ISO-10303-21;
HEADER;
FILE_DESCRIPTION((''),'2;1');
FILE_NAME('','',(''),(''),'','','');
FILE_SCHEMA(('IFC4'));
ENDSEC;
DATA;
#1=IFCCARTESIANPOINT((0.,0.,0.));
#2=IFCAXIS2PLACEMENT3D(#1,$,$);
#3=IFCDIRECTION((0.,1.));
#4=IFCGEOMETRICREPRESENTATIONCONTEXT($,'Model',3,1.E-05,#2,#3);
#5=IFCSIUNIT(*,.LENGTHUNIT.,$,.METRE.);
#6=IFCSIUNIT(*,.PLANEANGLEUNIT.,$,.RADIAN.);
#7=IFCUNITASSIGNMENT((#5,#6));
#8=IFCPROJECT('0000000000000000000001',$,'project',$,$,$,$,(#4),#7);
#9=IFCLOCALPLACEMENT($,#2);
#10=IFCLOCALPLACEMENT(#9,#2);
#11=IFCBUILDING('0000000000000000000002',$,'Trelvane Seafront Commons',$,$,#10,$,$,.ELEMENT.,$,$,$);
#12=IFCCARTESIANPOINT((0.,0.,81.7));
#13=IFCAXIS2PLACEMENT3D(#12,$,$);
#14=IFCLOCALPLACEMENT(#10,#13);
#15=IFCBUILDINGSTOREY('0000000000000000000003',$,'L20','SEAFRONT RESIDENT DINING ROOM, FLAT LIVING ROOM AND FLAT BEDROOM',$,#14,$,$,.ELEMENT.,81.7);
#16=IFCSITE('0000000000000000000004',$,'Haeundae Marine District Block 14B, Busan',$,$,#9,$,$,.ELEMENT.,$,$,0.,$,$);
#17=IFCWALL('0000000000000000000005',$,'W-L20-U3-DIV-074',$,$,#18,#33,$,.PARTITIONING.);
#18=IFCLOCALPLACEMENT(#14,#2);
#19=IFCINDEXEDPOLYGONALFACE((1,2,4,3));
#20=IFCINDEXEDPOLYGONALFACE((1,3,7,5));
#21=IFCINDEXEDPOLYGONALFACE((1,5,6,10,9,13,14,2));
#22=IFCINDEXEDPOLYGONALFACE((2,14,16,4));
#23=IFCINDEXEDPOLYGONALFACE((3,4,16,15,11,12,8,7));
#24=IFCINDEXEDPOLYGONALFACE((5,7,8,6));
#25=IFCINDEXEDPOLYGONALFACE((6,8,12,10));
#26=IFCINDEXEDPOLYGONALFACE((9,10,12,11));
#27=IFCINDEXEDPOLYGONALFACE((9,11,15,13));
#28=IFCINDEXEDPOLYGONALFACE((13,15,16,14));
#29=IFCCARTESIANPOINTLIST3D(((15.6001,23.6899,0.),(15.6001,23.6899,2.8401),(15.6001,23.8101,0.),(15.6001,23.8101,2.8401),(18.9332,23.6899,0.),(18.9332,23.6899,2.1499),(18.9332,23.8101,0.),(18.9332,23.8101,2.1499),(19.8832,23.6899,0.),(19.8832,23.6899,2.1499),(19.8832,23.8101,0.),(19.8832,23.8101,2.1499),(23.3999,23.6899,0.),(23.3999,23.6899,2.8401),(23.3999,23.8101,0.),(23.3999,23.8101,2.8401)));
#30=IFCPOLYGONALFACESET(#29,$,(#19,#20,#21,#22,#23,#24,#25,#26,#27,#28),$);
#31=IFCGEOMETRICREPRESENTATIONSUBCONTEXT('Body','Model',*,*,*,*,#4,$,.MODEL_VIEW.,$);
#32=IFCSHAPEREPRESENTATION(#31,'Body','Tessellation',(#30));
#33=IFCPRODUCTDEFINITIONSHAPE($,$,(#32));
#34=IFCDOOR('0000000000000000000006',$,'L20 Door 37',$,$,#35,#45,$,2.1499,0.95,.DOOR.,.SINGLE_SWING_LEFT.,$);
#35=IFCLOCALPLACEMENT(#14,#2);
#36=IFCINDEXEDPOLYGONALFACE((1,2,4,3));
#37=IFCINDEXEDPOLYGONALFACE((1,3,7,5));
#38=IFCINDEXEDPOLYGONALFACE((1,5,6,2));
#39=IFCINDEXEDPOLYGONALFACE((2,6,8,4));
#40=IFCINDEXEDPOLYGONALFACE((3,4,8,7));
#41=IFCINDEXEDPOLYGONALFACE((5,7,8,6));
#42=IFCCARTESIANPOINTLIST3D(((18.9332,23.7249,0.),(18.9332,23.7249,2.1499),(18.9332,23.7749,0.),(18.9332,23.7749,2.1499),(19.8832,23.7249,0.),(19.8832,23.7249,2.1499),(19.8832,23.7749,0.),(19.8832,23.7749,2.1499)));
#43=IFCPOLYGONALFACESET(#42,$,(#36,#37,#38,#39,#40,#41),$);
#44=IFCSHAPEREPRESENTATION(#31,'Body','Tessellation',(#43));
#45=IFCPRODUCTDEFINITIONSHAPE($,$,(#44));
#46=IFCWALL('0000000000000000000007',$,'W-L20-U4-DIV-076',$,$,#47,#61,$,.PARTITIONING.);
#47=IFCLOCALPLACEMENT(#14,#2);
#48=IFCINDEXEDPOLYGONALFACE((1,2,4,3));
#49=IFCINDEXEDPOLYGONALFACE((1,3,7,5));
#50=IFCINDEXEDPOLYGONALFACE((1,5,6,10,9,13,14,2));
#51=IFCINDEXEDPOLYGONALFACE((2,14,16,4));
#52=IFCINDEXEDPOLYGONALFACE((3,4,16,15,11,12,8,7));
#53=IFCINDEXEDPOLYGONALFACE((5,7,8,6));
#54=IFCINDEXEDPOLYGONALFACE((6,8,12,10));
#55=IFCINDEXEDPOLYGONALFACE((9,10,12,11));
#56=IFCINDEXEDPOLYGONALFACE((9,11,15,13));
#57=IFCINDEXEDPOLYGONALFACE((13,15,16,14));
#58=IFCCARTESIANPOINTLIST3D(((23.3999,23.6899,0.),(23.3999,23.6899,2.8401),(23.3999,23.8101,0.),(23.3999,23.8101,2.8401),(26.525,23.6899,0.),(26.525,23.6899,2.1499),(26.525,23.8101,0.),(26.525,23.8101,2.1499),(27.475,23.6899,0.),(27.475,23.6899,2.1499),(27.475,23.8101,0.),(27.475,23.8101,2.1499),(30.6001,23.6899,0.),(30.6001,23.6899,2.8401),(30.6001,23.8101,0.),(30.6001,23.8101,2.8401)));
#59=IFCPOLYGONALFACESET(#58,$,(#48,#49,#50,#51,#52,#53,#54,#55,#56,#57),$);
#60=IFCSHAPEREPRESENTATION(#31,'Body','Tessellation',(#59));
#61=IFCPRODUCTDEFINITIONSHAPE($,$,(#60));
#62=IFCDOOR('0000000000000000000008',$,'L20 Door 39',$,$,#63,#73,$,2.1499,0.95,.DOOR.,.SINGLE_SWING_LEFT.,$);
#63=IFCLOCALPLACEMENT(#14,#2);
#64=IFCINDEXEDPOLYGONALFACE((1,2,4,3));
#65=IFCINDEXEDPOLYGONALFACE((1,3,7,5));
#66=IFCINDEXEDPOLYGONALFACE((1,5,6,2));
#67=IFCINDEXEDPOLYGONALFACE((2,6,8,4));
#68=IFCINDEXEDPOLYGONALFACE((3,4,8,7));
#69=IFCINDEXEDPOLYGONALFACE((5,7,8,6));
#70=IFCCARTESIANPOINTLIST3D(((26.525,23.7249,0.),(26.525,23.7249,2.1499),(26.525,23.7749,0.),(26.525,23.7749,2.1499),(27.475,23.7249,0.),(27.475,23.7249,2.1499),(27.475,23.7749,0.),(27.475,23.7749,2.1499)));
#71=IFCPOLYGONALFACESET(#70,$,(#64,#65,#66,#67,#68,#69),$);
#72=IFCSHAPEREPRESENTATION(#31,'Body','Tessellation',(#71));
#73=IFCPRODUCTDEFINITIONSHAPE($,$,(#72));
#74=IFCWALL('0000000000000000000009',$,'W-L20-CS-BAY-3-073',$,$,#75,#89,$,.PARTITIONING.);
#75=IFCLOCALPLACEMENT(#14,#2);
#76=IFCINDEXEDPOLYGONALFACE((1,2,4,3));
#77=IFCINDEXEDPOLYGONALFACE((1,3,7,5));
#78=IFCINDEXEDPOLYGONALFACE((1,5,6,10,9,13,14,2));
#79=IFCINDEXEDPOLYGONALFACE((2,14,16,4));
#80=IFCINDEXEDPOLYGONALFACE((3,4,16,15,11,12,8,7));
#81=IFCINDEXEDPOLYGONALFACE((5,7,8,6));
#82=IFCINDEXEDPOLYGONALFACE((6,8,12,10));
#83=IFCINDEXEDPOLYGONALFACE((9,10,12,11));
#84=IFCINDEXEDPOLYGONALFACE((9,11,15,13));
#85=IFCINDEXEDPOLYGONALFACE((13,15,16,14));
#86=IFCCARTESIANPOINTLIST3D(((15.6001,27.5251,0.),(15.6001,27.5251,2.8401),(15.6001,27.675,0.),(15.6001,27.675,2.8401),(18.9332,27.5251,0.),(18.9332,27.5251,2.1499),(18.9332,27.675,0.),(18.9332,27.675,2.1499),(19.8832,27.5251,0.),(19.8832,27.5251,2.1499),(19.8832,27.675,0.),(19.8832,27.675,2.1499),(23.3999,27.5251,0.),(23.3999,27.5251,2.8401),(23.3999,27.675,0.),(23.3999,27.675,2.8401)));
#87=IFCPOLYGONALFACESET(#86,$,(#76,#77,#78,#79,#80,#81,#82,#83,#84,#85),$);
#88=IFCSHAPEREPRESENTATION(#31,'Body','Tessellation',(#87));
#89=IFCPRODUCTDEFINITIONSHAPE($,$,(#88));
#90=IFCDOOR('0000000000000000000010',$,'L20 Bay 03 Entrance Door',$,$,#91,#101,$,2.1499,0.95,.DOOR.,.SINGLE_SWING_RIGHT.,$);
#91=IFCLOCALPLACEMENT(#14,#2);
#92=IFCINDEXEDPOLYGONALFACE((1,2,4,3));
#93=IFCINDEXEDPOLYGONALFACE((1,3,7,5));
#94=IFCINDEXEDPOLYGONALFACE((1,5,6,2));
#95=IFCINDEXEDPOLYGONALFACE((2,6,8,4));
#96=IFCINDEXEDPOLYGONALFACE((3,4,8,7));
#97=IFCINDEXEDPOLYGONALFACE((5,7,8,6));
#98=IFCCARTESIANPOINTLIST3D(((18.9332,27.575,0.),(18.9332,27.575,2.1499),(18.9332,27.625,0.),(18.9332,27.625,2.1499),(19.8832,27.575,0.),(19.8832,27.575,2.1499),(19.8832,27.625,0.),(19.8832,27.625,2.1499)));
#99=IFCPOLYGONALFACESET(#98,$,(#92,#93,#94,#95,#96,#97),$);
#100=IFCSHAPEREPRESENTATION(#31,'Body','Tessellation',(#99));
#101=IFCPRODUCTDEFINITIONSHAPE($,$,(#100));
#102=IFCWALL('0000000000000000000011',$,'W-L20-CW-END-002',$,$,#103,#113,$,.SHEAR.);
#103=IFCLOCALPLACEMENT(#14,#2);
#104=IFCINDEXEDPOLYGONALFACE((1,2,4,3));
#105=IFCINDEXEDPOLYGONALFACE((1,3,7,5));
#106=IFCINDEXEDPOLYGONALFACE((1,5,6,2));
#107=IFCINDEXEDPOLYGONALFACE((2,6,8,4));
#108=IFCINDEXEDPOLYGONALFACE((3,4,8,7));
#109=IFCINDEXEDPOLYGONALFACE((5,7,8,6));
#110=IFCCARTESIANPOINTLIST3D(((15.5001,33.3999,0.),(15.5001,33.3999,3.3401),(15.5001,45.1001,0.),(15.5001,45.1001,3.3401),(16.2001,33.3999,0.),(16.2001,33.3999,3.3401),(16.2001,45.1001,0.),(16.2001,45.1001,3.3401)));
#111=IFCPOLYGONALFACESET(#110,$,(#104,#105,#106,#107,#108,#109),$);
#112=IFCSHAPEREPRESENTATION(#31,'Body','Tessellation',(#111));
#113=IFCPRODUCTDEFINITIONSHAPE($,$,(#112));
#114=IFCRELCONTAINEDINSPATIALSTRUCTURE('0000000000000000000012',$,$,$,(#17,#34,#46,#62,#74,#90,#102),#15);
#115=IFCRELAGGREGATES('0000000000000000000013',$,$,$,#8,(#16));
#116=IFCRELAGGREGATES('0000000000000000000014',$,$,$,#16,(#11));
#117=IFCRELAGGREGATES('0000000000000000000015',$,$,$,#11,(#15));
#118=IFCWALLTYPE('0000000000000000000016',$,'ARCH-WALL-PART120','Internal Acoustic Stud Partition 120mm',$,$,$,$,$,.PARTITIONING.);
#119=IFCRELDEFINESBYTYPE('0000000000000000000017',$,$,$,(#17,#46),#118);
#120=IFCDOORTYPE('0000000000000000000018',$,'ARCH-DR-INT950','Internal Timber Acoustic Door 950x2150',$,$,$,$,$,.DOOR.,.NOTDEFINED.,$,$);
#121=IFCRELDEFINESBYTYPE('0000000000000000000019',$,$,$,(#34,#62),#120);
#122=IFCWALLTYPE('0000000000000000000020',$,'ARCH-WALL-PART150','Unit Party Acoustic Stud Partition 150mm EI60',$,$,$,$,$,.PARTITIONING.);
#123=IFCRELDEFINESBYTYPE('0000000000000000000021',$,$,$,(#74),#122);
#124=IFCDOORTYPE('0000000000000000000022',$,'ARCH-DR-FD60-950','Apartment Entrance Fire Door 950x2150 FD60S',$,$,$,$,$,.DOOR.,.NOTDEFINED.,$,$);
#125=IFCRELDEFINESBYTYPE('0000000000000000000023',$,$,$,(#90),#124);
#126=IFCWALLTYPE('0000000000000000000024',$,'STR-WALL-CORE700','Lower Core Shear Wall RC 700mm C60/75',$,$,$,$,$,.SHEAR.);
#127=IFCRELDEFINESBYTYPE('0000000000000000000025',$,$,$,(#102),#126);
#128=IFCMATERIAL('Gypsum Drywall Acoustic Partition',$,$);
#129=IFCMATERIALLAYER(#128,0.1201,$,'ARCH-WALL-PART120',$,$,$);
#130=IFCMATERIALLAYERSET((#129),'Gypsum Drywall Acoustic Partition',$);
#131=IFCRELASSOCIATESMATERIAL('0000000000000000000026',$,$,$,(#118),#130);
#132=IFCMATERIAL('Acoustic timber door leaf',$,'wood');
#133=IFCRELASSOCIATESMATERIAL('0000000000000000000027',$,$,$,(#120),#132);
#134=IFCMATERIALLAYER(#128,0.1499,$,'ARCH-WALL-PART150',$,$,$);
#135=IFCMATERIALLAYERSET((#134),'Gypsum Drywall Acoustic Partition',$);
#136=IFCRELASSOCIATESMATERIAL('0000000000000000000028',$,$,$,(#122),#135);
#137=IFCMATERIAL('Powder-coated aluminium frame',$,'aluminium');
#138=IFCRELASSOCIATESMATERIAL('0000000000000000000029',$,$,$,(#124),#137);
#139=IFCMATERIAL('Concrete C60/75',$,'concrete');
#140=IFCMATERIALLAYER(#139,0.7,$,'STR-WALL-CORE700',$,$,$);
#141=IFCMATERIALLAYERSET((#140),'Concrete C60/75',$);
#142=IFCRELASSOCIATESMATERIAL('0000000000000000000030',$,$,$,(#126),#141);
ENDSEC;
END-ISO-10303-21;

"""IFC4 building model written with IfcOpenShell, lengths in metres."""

from ifc_helpers import new_model, si_unit, direction, frame, frame_2d, origin, place, context, subcontext, project, spatial, rectangle, extrude, source, transform, mapped, material, layer, layer_set, type_object, element, fill, save


model = new_model("IFC4")

# Units and contexts
model_context = context("Model", 3, precision=1e-05, world=origin(), true_north=direction((0.0, 1.0)))
body_context = subcontext(model_context, "Body", "Model", "MODEL_VIEW")
ifc_project = project(units=[si_unit("LENGTHUNIT", "METRE"), si_unit("PLANEANGLEUNIT", "RADIAN")], contexts=[model_context])

# Site, building, storey
site_placement = place(None, origin())
site = spatial("IfcSite", under=ifc_project, at=site_placement, Name="Haeundae Marine District Block 14B, Busan", CompositionType="ELEMENT", RefElevation=0.0)
building_placement = place(site_placement, origin())
building = spatial("IfcBuilding", under=site, at=building_placement, Name="Trelvane Seafront Commons", CompositionType="ELEMENT")
storey_placement = place(building_placement, frame((0.0, 0.0, 81.7)))
storey = spatial("IfcBuildingStorey", under=building, at=storey_placement, Name="L20", Description="SEAFRONT RESIDENT DINING ROOM, FLAT LIVING ROOM AND FLAT BEDROOM", CompositionType="ELEMENT", Elevation=81.7)

# Shared definitions
ifc_material_1 = material(Name="Concrete C60/75", Category="concrete")

# Shared definitions
ifc_material_2 = material(Name="Gypsum Drywall Acoustic Partition")
ifc_layer_1 = layer(ifc_material_2, 0.1201, Name="ARCH-WALL-PART120")
ifc_layer_set_1 = layer_set([ifc_layer_1], Name="Gypsum Drywall Acoustic Partition")
wall_type_1 = type_object("IfcWallType", Name="ARCH-WALL-PART120", Description="Internal Acoustic Stud Partition 120mm", PredefinedType="PARTITIONING", material=ifc_layer_set_1)
ifc_material_3 = material(Name="Acoustic timber door leaf", Category="wood")
door_type_1 = type_object("IfcDoorType", Name="ARCH-DR-INT950", Description="Internal Timber Acoustic Door 950x2150", OperationType="NOTDEFINED", PredefinedType="DOOR", material=ifc_material_3)
shared_shape_1 = source(origin(), body_context, "Body", "SweptSolid", [
    extrude(rectangle(XDim=0.95, YDim=2.1499, at=frame_2d((0.4751, 1.075))), frame((0.0, 0.0249, 0.0), z_axis=(0.0, -1.0, 0.0), x_axis=(1.0, 0.0, 0.0)), (0.0, 0.0, 1.0), 0.05),
])

# Walls, openings, doors
wall_1_placement = place(storey_placement, frame((15.6001, 23.75, 0.0), z_axis=(0.0, 0.0, 1.0), x_axis=(1.0, 0.0, 0.0)))
wall_1 = element("IfcWall", 1, at=wall_1_placement, inside=storey, type_object=wall_type_1, Name="W-L20-U3-DIV-074", PredefinedType="PARTITIONING", context=body_context, shape_type="SweptSolid", body=[
    extrude(rectangle(XDim=7.7998, YDim=0.1201, at=frame_2d((3.8999, 0.0))), origin(), (0.0, 0.0, 1.0), 2.8401),
])
opening_1_placement = place(wall_1_placement, frame((3.333, 0.0, 0.0)))
opening_1 = element("IfcOpeningElement", 2, at=opening_1_placement, cuts=wall_1, PredefinedType="OPENING", context=body_context, shape_type="SweptSolid", body=[
    extrude(rectangle(XDim=0.95, YDim=2.1499, at=frame_2d((0.4751, 1.075))), frame((0.0, 0.0701, 0.0), z_axis=(0.0, -1.0, 0.0), x_axis=(1.0, 0.0, 0.0)), (0.0, 0.0, 1.0), 0.1401),
])
door_1_placement = place(opening_1_placement, origin())
door_1 = element("IfcDoor", 3, at=door_1_placement, inside=storey, type_object=door_type_1, Name="L20 Door 37", OperationType="SINGLE_SWING_LEFT", OverallHeight=2.1499, OverallWidth=0.95, PredefinedType="DOOR", context=body_context, shape_type="MappedRepresentation", body=[
    mapped(shared_shape_1, transform((0.0, 0.0, 0.0), x_axis=(1.0, 0.0, 0.0), y_axis=(0.0, 1.0, 0.0), z_axis=(0.0, 0.0, 1.0), scale=1.0)),
])
fill(opening_1, door_1)
wall_2_placement = place(storey_placement, frame((23.3999, 23.75, 0.0), z_axis=(0.0, 0.0, 1.0), x_axis=(1.0, 0.0, 0.0)))
wall_2 = element("IfcWall", 4, at=wall_2_placement, inside=storey, type_object=wall_type_1, Name="W-L20-U4-DIV-076", PredefinedType="PARTITIONING", context=body_context, shape_type="SweptSolid", body=[
    extrude(rectangle(XDim=7.2002, YDim=0.1201, at=frame_2d((3.6001, 0.0))), origin(), (0.0, 0.0, 1.0), 2.8401),
])
opening_2_placement = place(wall_2_placement, frame((3.125, 0.0, 0.0)))
opening_2 = element("IfcOpeningElement", 5, at=opening_2_placement, cuts=wall_2, PredefinedType="OPENING", context=body_context, shape_type="SweptSolid", body=[
    extrude(rectangle(XDim=0.95, YDim=2.1499, at=frame_2d((0.4751, 1.075))), frame((0.0, 0.0701, 0.0), z_axis=(0.0, -1.0, 0.0), x_axis=(1.0, 0.0, 0.0)), (0.0, 0.0, 1.0), 0.1401),
])
door_2_placement = place(opening_2_placement, origin())
door_2 = element("IfcDoor", 6, at=door_2_placement, inside=storey, type_object=door_type_1, Name="L20 Door 39", OperationType="SINGLE_SWING_LEFT", OverallHeight=2.1499, OverallWidth=0.95, PredefinedType="DOOR", context=body_context, shape_type="MappedRepresentation", body=[
    mapped(shared_shape_1, transform((0.0, 0.0, 0.0), x_axis=(1.0, 0.0, 0.0), y_axis=(0.0, 1.0, 0.0), z_axis=(0.0, 0.0, 1.0), scale=1.0)),
])
fill(opening_2, door_2)
ifc_layer_2 = layer(ifc_material_2, 0.1499, Name="ARCH-WALL-PART150")
ifc_layer_set_2 = layer_set([ifc_layer_2], Name="Gypsum Drywall Acoustic Partition")
wall_type_2 = type_object("IfcWallType", Name="ARCH-WALL-PART150", Description="Unit Party Acoustic Stud Partition 150mm EI60", PredefinedType="PARTITIONING", material=ifc_layer_set_2)
wall_3_placement = place(storey_placement, frame((15.6001, 27.6001, 0.0), z_axis=(0.0, 0.0, 1.0), x_axis=(1.0, 0.0, 0.0)))
wall_3 = element("IfcWall", 7, at=wall_3_placement, inside=storey, type_object=wall_type_2, Name="W-L20-CS-BAY-3-073", PredefinedType="PARTITIONING", context=body_context, shape_type="SweptSolid", body=[
    extrude(rectangle(XDim=7.7998, YDim=0.1499, at=frame_2d((3.8999, 0.0))), origin(), (0.0, 0.0, 1.0), 2.8401),
])
opening_3_placement = place(wall_3_placement, frame((3.333, 0.0, 0.0)))
opening_3 = element("IfcOpeningElement", 8, at=opening_3_placement, cuts=wall_3, PredefinedType="OPENING", context=body_context, shape_type="SweptSolid", body=[
    extrude(rectangle(XDim=0.95, YDim=2.1499, at=frame_2d((0.4751, 1.075))), frame((0.0, 0.085, 0.0), z_axis=(0.0, -1.0, 0.0), x_axis=(1.0, 0.0, 0.0)), (0.0, 0.0, 1.0), 0.1699),
])
ifc_material_4 = material(Name="Powder-coated aluminium frame", Category="aluminium")
door_type_2 = type_object("IfcDoorType", Name="ARCH-DR-FD60-950", Description="Apartment Entrance Fire Door 950x2150 FD60S", OperationType="NOTDEFINED", PredefinedType="DOOR", material=ifc_material_4)
door_3_placement = place(opening_3_placement, origin())
door_3 = element("IfcDoor", 9, at=door_3_placement, inside=storey, type_object=door_type_2, Name="L20 Bay 03 Entrance Door", OperationType="SINGLE_SWING_RIGHT", OverallHeight=2.1499, OverallWidth=0.95, PredefinedType="DOOR", context=body_context, shape_type="MappedRepresentation", body=[
    mapped(shared_shape_1, transform((0.0, 0.0, 0.0), x_axis=(1.0, 0.0, 0.0), y_axis=(0.0, 1.0, 0.0), z_axis=(0.0, 0.0, 1.0), scale=1.0)),
])
fill(opening_3, door_3)

# Wall
ifc_layer_3 = layer(ifc_material_1, 0.7, Name="STR-WALL-CORE700")
ifc_layer_set_3 = layer_set([ifc_layer_3], Name="Concrete C60/75")
wall_type_3 = type_object("IfcWallType", Name="STR-WALL-CORE700", Description="Lower Core Shear Wall RC 700mm C60/75", PredefinedType="SHEAR", material=ifc_layer_set_3)
wall_4_placement = place(storey_placement, frame((15.8501, 33.3999, 0.0), z_axis=(0.0, 0.0, 1.0), x_axis=(0.0, 1.0, 0.0)))
element("IfcWall", 10, at=wall_4_placement, inside=storey, type_object=wall_type_3, Name="W-L20-CW-END-002", PredefinedType="SHEAR", context=body_context, shape_type="SweptSolid", body=[
    extrude(rectangle(XDim=11.7002, YDim=0.7, at=frame_2d((5.8501, 0.0))), origin(), (0.0, 0.0, 1.0), 3.3401),
])

save(model, "model.ifc")
